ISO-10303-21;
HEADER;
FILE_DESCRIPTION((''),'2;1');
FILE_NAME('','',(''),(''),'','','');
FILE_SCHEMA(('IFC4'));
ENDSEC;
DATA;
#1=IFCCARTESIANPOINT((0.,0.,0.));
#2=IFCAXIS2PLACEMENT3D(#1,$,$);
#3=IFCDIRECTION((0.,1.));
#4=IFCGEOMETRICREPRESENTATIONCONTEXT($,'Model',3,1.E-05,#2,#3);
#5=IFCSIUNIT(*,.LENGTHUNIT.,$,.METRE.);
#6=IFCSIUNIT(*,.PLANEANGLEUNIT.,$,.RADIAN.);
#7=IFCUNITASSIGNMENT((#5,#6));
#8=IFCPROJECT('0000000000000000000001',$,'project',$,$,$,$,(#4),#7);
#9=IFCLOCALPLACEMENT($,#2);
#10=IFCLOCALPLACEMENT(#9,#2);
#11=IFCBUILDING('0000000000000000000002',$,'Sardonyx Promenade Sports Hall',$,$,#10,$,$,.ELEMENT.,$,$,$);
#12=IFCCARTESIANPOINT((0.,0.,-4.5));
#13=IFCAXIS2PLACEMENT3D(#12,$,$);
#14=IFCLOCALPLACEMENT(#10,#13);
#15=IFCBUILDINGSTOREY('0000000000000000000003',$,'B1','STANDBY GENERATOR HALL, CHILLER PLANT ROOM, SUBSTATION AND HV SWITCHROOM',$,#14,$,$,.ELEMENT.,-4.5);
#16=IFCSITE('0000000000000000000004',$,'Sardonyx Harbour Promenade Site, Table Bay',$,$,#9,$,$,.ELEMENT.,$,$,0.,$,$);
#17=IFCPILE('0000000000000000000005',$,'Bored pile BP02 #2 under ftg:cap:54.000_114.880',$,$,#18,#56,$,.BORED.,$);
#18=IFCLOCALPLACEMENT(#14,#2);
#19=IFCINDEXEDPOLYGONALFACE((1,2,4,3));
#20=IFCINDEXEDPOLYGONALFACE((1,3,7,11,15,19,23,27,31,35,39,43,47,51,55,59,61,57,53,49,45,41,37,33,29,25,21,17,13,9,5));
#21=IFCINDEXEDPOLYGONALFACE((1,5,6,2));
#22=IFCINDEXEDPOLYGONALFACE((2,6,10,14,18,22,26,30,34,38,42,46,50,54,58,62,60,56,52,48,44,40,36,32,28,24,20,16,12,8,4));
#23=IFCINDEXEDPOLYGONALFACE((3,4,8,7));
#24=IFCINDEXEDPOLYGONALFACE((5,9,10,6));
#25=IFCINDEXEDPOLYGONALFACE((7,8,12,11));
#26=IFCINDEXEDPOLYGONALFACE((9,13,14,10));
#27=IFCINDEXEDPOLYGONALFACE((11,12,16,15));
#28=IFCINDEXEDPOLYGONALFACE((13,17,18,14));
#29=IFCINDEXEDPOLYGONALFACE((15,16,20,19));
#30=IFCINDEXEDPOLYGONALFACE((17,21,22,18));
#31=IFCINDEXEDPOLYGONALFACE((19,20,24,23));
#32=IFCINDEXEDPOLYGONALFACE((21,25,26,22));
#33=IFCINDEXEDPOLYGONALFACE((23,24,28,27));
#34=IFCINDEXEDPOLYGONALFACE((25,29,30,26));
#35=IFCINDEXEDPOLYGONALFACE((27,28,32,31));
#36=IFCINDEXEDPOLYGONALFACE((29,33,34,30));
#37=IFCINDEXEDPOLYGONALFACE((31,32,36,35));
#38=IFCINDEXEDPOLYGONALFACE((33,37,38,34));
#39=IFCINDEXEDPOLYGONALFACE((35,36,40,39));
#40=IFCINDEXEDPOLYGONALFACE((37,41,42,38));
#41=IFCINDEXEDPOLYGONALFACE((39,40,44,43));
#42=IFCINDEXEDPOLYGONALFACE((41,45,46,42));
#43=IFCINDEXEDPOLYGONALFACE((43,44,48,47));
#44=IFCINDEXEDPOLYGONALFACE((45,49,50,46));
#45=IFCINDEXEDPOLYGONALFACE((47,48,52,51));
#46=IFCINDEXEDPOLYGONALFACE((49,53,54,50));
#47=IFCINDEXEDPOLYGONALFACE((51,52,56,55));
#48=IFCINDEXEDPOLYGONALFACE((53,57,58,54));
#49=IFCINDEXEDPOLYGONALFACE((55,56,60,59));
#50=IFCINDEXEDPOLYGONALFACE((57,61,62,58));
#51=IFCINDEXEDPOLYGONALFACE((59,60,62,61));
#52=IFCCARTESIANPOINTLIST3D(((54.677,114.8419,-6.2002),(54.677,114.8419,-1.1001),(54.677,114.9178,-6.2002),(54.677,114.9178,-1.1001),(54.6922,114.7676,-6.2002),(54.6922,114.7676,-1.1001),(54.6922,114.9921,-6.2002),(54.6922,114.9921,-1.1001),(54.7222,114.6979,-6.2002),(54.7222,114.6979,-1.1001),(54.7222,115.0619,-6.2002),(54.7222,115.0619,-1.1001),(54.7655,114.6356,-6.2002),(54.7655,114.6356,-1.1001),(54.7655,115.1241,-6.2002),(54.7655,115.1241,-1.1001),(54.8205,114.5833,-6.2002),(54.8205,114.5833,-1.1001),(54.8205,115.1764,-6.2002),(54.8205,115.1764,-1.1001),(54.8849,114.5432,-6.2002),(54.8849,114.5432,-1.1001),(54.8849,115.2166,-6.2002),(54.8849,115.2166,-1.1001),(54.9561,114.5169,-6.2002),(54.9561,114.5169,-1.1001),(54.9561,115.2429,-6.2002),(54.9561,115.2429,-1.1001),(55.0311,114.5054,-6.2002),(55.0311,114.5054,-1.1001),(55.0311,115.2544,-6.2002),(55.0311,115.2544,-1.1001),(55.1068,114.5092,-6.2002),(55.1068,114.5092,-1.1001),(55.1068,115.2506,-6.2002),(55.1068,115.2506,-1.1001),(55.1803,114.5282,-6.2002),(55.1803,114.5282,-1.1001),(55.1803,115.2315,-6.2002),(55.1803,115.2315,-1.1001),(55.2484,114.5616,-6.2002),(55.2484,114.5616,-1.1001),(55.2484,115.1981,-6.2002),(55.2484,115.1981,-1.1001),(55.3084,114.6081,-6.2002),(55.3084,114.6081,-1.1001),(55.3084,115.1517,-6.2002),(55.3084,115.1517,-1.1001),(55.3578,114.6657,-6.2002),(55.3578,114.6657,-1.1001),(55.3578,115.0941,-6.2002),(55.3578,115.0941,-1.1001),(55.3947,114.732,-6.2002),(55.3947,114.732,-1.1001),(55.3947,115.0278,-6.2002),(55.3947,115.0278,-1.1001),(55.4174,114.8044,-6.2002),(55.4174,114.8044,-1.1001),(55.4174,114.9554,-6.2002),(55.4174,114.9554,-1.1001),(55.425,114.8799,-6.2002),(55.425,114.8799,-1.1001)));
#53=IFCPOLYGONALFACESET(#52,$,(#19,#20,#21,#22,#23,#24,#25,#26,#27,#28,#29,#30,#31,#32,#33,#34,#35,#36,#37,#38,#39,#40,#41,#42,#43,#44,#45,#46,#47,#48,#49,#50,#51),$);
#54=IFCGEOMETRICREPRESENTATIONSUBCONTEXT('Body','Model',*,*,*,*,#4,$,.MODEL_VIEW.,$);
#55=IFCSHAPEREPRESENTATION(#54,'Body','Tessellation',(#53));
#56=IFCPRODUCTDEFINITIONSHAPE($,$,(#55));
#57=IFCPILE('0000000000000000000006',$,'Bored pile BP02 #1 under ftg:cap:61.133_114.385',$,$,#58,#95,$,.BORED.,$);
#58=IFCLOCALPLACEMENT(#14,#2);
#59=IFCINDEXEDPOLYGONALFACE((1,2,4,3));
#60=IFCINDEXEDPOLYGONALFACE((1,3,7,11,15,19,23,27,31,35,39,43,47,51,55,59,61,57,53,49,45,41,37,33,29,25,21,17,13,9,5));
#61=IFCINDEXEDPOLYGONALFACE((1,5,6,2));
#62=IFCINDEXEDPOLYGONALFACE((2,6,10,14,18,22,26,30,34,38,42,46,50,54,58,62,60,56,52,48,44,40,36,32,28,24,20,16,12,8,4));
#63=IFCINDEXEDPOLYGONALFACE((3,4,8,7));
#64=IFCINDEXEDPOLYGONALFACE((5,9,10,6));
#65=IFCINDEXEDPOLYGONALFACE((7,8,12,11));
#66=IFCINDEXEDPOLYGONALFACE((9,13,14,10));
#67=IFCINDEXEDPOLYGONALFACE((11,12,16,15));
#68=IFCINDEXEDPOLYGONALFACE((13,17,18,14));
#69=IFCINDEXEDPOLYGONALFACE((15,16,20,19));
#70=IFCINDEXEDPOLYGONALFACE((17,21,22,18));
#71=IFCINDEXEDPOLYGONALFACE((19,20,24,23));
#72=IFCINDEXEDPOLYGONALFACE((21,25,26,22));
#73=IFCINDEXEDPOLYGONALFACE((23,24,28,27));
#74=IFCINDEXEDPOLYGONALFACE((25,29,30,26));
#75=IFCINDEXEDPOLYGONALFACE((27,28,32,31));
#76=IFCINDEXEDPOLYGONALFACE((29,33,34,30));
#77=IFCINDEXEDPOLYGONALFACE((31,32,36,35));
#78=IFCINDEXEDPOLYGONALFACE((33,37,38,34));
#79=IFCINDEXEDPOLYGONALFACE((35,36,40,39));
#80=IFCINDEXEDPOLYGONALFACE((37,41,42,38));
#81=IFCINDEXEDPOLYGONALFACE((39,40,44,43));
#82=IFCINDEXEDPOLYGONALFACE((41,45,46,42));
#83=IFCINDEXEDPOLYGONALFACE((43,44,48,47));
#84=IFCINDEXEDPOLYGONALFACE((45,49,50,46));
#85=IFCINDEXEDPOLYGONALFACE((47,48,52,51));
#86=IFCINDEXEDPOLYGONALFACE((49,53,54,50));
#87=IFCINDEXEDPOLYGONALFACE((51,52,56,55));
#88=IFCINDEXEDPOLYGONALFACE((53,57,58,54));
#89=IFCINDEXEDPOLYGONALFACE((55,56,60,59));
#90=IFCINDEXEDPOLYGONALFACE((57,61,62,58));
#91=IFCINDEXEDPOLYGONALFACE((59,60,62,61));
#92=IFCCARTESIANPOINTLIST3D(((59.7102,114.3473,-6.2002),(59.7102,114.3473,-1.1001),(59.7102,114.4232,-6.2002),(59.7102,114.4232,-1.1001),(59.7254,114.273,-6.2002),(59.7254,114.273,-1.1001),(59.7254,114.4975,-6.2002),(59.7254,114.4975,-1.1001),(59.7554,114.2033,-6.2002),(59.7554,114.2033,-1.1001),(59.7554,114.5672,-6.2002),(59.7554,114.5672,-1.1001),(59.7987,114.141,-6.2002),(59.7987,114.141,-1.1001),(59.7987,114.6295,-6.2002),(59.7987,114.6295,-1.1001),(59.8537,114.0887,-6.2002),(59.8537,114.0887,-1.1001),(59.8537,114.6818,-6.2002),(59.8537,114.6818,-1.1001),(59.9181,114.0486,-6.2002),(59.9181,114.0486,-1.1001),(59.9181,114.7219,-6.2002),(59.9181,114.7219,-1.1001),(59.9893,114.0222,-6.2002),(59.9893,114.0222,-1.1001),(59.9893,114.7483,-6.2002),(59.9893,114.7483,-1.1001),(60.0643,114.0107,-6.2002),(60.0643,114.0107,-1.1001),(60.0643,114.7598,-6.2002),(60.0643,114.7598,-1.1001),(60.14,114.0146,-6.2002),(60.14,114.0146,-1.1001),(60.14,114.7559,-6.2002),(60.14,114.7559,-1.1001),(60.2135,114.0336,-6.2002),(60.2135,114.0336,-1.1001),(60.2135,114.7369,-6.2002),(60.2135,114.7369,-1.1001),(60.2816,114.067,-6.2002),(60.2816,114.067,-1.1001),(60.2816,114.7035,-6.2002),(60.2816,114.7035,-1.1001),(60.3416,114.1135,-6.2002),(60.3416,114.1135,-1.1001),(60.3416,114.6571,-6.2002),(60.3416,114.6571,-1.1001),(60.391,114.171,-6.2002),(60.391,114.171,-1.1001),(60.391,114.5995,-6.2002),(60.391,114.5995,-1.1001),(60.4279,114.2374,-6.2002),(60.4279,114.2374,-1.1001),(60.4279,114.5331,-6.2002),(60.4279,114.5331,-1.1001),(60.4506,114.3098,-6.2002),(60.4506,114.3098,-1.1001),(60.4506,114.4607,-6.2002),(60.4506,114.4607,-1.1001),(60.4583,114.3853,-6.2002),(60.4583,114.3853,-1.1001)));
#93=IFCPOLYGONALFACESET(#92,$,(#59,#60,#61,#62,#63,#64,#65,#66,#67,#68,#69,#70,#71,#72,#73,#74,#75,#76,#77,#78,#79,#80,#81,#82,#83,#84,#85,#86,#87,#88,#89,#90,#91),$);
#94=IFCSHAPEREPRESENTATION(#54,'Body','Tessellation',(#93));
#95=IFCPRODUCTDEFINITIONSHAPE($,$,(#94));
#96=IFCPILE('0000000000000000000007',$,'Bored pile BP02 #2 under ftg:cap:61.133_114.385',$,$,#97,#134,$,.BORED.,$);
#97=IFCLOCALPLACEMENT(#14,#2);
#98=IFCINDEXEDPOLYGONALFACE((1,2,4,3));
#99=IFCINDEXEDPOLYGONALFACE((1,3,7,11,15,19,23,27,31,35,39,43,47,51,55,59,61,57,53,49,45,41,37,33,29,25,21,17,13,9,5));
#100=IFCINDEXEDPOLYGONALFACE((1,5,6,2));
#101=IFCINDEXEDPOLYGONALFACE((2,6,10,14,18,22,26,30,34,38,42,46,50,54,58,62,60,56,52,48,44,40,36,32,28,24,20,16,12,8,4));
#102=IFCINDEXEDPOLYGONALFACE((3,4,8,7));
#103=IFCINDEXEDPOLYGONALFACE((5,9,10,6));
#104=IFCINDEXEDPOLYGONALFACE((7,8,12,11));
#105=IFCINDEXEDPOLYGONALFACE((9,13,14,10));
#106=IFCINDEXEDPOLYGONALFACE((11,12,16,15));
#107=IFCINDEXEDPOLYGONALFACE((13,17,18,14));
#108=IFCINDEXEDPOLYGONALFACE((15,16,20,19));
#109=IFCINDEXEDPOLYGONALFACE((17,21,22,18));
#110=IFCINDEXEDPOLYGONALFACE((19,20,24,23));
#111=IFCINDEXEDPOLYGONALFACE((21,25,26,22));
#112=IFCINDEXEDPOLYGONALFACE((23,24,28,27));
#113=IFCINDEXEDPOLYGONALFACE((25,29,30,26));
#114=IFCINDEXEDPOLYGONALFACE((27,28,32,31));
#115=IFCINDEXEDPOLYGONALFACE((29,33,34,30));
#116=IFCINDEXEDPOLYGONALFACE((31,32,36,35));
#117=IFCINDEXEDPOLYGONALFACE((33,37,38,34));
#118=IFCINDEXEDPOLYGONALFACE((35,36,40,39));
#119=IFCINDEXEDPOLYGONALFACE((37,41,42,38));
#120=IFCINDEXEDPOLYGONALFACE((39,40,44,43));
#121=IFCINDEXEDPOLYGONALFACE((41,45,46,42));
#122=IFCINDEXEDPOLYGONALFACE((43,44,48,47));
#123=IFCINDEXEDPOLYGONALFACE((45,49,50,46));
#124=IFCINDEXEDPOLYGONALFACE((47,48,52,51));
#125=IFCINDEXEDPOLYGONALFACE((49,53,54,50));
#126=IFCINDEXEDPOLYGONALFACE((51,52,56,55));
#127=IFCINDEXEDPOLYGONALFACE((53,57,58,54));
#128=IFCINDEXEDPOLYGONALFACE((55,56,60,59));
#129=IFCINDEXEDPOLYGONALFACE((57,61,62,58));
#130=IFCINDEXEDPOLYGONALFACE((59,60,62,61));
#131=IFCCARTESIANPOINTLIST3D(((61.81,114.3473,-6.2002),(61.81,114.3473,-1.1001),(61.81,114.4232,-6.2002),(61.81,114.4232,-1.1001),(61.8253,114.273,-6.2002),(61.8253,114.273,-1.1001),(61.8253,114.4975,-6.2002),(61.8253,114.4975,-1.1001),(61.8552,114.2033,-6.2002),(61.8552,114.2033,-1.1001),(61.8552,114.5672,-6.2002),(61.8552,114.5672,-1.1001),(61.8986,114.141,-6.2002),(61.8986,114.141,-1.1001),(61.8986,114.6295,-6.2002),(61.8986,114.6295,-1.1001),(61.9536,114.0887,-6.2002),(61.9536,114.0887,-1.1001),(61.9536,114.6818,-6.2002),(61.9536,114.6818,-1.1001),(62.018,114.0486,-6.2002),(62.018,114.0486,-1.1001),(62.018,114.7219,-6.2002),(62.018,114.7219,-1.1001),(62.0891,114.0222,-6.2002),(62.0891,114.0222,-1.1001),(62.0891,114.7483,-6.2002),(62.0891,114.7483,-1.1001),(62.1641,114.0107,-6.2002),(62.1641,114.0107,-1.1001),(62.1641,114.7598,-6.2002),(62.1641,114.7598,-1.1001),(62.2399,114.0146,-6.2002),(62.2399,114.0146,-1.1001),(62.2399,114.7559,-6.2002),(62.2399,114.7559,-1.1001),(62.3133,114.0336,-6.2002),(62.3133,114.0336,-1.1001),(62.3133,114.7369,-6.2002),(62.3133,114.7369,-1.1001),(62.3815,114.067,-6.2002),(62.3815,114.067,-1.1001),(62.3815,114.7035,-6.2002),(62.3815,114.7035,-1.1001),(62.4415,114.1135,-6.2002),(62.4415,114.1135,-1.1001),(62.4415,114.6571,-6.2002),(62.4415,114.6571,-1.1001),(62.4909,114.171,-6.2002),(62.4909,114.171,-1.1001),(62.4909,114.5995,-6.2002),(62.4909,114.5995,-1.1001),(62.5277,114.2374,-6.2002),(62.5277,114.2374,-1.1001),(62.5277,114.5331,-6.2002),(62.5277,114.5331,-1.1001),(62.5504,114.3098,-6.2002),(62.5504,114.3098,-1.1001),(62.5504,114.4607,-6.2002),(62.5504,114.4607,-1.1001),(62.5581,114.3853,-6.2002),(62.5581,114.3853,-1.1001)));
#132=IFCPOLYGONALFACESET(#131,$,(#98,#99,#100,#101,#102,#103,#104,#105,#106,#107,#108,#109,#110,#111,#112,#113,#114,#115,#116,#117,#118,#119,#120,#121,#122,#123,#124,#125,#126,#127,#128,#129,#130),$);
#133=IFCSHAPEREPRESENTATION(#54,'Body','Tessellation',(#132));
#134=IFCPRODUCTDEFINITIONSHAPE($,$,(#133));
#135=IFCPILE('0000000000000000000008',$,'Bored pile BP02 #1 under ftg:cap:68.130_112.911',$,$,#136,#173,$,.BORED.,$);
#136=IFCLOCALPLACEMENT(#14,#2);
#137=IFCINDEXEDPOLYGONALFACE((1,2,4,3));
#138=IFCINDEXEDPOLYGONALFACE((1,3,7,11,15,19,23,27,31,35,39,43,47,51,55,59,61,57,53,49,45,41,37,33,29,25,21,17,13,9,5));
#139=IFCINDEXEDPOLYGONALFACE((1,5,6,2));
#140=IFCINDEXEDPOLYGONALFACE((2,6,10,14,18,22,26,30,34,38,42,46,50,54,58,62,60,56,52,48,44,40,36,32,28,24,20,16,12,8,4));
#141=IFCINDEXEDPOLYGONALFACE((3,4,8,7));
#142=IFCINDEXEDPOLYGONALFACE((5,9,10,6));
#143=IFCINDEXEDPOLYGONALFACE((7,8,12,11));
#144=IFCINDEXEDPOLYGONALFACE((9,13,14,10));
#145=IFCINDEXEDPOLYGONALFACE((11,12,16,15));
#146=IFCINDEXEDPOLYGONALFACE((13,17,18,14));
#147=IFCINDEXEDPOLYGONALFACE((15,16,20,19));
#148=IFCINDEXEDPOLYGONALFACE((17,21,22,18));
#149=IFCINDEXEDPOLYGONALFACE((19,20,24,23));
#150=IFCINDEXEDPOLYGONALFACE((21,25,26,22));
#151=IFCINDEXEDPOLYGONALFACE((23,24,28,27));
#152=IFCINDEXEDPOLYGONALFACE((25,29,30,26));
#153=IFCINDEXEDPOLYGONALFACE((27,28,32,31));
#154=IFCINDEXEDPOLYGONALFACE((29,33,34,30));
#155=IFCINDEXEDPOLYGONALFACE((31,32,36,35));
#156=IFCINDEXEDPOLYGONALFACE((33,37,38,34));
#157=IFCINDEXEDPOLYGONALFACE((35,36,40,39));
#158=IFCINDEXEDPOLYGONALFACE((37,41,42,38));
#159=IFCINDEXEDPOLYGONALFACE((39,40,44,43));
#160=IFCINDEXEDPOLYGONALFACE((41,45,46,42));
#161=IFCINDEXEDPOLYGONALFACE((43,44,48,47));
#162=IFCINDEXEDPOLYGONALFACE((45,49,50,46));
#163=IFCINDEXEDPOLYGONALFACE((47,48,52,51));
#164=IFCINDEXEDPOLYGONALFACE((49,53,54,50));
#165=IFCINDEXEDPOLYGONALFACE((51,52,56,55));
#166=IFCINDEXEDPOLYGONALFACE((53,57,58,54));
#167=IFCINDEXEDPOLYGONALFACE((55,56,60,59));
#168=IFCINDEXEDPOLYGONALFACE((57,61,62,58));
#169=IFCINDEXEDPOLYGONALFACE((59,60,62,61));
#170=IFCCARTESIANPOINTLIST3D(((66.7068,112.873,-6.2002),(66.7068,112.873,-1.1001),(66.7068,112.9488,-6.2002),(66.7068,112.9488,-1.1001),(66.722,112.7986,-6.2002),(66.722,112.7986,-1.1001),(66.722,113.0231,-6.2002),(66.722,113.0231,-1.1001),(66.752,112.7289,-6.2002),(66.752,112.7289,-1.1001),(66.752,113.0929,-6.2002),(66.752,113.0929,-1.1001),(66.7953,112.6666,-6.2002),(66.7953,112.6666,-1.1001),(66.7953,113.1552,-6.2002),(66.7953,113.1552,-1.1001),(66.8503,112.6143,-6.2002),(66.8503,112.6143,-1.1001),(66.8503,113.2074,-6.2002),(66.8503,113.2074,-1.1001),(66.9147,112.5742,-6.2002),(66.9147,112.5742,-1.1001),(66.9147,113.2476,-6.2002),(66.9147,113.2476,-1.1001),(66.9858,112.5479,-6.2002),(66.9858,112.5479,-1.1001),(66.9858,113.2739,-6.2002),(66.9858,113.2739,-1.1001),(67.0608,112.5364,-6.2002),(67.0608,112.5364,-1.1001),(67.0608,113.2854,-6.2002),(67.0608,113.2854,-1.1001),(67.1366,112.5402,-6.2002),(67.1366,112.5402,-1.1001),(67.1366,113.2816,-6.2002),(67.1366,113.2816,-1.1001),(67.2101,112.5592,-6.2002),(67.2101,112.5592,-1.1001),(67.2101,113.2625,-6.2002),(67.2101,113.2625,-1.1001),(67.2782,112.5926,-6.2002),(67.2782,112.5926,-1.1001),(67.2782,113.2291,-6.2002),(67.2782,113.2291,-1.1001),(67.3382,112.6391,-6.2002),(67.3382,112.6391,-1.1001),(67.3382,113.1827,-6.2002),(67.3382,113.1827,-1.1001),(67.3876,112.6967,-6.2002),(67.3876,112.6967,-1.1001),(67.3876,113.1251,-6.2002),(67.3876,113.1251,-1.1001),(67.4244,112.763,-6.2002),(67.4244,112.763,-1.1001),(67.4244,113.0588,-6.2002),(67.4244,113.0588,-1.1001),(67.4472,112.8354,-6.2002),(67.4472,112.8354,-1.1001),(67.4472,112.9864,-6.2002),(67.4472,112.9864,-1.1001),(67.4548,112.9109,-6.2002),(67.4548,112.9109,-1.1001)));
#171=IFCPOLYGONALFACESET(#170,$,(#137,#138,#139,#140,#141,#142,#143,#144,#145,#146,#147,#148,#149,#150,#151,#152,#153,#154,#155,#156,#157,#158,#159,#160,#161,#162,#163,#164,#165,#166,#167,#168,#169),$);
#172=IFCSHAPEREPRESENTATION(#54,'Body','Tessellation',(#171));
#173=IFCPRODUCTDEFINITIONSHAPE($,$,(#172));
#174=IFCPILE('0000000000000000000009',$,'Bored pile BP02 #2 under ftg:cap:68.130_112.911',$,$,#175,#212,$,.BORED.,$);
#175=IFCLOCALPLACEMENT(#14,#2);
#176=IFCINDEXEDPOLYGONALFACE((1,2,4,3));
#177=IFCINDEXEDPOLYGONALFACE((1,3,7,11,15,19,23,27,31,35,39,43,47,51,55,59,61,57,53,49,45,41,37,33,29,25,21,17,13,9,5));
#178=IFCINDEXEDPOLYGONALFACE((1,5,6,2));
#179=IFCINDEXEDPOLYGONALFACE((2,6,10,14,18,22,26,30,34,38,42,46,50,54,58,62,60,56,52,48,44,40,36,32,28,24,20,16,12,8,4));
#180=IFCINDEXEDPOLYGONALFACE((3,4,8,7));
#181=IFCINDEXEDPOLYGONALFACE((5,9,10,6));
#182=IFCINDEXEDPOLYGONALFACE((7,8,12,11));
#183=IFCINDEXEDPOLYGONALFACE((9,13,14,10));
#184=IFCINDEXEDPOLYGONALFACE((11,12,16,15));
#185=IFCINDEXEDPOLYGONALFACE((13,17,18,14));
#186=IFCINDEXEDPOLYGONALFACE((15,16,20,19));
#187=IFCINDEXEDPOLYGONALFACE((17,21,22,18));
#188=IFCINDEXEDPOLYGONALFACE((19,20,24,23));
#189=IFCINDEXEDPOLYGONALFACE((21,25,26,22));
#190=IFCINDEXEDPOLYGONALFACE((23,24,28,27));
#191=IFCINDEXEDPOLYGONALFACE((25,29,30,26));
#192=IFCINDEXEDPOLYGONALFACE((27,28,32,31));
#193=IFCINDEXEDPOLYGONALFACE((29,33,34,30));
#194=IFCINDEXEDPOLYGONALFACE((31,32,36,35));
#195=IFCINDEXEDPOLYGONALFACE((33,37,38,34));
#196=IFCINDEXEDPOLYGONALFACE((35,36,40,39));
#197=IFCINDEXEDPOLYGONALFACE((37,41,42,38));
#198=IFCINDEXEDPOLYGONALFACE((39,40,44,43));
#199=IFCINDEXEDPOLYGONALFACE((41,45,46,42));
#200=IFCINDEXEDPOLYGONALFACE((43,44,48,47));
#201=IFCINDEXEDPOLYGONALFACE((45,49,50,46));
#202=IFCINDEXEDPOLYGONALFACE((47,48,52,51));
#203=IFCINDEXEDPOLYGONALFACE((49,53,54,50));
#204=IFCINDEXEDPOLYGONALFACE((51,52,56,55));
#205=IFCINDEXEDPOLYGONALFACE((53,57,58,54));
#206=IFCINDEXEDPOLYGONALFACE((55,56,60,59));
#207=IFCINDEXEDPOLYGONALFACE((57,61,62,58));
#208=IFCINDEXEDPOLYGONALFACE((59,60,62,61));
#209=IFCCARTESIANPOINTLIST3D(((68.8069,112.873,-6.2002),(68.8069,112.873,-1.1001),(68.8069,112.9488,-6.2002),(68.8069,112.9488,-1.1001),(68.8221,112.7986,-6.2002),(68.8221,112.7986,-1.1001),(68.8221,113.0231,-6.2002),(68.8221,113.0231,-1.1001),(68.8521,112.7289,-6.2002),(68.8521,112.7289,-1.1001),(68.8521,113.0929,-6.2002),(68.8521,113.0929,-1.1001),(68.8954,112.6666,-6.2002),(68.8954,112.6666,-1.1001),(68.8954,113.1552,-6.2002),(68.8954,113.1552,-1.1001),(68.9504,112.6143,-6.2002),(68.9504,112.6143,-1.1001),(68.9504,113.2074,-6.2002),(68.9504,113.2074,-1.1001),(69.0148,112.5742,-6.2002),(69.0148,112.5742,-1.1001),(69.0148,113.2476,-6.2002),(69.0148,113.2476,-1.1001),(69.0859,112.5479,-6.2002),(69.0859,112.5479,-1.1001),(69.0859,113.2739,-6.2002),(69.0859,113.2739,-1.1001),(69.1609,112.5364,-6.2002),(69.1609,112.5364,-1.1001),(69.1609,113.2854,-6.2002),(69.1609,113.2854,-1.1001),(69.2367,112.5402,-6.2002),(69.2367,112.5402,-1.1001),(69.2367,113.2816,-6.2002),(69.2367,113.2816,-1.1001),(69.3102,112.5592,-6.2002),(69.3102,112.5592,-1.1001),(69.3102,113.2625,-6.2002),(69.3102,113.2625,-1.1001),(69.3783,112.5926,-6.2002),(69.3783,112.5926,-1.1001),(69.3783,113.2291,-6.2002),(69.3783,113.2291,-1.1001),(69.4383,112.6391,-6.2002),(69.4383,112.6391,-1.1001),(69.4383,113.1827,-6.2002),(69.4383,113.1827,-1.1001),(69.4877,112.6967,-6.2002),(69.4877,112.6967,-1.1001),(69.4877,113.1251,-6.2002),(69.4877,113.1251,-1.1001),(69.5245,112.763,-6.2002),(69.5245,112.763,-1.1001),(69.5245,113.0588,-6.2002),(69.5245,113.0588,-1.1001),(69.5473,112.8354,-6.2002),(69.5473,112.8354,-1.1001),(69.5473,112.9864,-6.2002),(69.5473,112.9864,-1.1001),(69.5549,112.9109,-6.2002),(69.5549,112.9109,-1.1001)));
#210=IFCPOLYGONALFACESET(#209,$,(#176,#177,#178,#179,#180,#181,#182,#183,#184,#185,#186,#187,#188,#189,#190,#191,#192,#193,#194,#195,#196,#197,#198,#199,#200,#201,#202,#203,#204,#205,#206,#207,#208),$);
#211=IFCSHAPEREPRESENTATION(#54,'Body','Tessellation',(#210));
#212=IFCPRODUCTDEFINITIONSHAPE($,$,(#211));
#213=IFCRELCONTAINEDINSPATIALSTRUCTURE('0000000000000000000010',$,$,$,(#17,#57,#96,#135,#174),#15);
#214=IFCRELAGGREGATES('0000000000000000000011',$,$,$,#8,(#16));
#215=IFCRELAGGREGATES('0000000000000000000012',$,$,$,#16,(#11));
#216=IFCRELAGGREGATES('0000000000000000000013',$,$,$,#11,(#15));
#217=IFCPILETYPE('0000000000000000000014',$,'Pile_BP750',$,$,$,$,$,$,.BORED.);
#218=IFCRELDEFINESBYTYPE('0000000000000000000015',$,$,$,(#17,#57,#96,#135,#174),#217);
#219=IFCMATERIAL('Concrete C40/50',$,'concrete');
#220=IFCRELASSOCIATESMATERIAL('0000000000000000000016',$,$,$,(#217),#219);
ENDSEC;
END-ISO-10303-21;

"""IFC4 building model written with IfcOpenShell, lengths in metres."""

from ifc_helpers import new_model, si_unit, direction, frame, origin, origin_2d, place, context, subcontext, project, spatial, circle, extrude, material, material_profile, profile_set, type_object, element, save


model = new_model("IFC4")

# Units and contexts
model_context = context("Model", 3, precision=1e-05, world=origin(), true_north=direction((0.0, 1.0)))
body_context = subcontext(model_context, "Body", "Model", "MODEL_VIEW")
ifc_project = project(units=[si_unit("LENGTHUNIT", "METRE"), si_unit("PLANEANGLEUNIT", "RADIAN")], contexts=[model_context])

# Site, building, storey
site_placement = place(None, origin())
site = spatial("IfcSite", under=ifc_project, at=site_placement, Name="Sardonyx Harbour Promenade Site, Table Bay", CompositionType="ELEMENT", RefElevation=0.0)
building_placement = place(site_placement, origin())
building = spatial("IfcBuilding", under=site, at=building_placement, Name="Sardonyx Promenade Sports Hall", CompositionType="ELEMENT")
storey_placement = place(building_placement, frame((0.0, 0.0, -4.5)))
storey = spatial("IfcBuildingStorey", under=building, at=storey_placement, Name="B1", Description="STANDBY GENERATOR HALL, CHILLER PLANT ROOM, SUBSTATION AND HV SWITCHROOM", CompositionType="ELEMENT", Elevation=-4.5)

# Piles
ifc_material_1 = material(Name="Concrete C40/50", Category="concrete")
ifc_material_profile_1 = material_profile(ifc_material_1, circle(Radius=0.375, at=origin_2d()))
ifc_profile_set_1 = profile_set([ifc_material_profile_1], Name="Concrete C40/50")
pile_type_1 = type_object("IfcPileType", Name="Pile_BP750", PredefinedType="BORED", material=ifc_profile_set_1)
for number, where, z_axis, x_axis, name in (
    (1, (55.05, 114.8799, -1.1001), (0.0, 0.0, -1.0), (1.0, 0.0, 0.0), "Bored pile BP02 #2 under ftg:cap:54.000_114.880"),
    (2, (60.0833, 114.3853, -1.1001), (0.0, 0.0, -1.0), (1.0, 0.0, 0.0), "Bored pile BP02 #1 under ftg:cap:61.133_114.385"),
    (3, (62.1831, 114.3853, -1.1001), (0.0, 0.0, -1.0), (1.0, 0.0, 0.0), "Bored pile BP02 #2 under ftg:cap:61.133_114.385"),
    (4, (67.0798, 112.9109, -1.1001), (0.0, 0.0, -1.0), (1.0, 0.0, 0.0), "Bored pile BP02 #1 under ftg:cap:68.130_112.911"),
    (5, (69.1799, 112.9109, -1.1001), (0.0, 0.0, -1.0), (1.0, 0.0, 0.0), "Bored pile BP02 #2 under ftg:cap:68.130_112.911"),
):
    element("IfcPile", number, at=place(storey_placement, frame(where, z_axis=z_axis, x_axis=x_axis)), inside=storey, type_object=pile_type_1, Name=name, PredefinedType="BORED", context=body_context, shape_type="SweptSolid", body=[
        extrude(circle(Radius=0.375, at=origin_2d()), origin(), (0.0, 0.0, 1.0), 5.1001),
    ])

save(model, "model.ifc")
